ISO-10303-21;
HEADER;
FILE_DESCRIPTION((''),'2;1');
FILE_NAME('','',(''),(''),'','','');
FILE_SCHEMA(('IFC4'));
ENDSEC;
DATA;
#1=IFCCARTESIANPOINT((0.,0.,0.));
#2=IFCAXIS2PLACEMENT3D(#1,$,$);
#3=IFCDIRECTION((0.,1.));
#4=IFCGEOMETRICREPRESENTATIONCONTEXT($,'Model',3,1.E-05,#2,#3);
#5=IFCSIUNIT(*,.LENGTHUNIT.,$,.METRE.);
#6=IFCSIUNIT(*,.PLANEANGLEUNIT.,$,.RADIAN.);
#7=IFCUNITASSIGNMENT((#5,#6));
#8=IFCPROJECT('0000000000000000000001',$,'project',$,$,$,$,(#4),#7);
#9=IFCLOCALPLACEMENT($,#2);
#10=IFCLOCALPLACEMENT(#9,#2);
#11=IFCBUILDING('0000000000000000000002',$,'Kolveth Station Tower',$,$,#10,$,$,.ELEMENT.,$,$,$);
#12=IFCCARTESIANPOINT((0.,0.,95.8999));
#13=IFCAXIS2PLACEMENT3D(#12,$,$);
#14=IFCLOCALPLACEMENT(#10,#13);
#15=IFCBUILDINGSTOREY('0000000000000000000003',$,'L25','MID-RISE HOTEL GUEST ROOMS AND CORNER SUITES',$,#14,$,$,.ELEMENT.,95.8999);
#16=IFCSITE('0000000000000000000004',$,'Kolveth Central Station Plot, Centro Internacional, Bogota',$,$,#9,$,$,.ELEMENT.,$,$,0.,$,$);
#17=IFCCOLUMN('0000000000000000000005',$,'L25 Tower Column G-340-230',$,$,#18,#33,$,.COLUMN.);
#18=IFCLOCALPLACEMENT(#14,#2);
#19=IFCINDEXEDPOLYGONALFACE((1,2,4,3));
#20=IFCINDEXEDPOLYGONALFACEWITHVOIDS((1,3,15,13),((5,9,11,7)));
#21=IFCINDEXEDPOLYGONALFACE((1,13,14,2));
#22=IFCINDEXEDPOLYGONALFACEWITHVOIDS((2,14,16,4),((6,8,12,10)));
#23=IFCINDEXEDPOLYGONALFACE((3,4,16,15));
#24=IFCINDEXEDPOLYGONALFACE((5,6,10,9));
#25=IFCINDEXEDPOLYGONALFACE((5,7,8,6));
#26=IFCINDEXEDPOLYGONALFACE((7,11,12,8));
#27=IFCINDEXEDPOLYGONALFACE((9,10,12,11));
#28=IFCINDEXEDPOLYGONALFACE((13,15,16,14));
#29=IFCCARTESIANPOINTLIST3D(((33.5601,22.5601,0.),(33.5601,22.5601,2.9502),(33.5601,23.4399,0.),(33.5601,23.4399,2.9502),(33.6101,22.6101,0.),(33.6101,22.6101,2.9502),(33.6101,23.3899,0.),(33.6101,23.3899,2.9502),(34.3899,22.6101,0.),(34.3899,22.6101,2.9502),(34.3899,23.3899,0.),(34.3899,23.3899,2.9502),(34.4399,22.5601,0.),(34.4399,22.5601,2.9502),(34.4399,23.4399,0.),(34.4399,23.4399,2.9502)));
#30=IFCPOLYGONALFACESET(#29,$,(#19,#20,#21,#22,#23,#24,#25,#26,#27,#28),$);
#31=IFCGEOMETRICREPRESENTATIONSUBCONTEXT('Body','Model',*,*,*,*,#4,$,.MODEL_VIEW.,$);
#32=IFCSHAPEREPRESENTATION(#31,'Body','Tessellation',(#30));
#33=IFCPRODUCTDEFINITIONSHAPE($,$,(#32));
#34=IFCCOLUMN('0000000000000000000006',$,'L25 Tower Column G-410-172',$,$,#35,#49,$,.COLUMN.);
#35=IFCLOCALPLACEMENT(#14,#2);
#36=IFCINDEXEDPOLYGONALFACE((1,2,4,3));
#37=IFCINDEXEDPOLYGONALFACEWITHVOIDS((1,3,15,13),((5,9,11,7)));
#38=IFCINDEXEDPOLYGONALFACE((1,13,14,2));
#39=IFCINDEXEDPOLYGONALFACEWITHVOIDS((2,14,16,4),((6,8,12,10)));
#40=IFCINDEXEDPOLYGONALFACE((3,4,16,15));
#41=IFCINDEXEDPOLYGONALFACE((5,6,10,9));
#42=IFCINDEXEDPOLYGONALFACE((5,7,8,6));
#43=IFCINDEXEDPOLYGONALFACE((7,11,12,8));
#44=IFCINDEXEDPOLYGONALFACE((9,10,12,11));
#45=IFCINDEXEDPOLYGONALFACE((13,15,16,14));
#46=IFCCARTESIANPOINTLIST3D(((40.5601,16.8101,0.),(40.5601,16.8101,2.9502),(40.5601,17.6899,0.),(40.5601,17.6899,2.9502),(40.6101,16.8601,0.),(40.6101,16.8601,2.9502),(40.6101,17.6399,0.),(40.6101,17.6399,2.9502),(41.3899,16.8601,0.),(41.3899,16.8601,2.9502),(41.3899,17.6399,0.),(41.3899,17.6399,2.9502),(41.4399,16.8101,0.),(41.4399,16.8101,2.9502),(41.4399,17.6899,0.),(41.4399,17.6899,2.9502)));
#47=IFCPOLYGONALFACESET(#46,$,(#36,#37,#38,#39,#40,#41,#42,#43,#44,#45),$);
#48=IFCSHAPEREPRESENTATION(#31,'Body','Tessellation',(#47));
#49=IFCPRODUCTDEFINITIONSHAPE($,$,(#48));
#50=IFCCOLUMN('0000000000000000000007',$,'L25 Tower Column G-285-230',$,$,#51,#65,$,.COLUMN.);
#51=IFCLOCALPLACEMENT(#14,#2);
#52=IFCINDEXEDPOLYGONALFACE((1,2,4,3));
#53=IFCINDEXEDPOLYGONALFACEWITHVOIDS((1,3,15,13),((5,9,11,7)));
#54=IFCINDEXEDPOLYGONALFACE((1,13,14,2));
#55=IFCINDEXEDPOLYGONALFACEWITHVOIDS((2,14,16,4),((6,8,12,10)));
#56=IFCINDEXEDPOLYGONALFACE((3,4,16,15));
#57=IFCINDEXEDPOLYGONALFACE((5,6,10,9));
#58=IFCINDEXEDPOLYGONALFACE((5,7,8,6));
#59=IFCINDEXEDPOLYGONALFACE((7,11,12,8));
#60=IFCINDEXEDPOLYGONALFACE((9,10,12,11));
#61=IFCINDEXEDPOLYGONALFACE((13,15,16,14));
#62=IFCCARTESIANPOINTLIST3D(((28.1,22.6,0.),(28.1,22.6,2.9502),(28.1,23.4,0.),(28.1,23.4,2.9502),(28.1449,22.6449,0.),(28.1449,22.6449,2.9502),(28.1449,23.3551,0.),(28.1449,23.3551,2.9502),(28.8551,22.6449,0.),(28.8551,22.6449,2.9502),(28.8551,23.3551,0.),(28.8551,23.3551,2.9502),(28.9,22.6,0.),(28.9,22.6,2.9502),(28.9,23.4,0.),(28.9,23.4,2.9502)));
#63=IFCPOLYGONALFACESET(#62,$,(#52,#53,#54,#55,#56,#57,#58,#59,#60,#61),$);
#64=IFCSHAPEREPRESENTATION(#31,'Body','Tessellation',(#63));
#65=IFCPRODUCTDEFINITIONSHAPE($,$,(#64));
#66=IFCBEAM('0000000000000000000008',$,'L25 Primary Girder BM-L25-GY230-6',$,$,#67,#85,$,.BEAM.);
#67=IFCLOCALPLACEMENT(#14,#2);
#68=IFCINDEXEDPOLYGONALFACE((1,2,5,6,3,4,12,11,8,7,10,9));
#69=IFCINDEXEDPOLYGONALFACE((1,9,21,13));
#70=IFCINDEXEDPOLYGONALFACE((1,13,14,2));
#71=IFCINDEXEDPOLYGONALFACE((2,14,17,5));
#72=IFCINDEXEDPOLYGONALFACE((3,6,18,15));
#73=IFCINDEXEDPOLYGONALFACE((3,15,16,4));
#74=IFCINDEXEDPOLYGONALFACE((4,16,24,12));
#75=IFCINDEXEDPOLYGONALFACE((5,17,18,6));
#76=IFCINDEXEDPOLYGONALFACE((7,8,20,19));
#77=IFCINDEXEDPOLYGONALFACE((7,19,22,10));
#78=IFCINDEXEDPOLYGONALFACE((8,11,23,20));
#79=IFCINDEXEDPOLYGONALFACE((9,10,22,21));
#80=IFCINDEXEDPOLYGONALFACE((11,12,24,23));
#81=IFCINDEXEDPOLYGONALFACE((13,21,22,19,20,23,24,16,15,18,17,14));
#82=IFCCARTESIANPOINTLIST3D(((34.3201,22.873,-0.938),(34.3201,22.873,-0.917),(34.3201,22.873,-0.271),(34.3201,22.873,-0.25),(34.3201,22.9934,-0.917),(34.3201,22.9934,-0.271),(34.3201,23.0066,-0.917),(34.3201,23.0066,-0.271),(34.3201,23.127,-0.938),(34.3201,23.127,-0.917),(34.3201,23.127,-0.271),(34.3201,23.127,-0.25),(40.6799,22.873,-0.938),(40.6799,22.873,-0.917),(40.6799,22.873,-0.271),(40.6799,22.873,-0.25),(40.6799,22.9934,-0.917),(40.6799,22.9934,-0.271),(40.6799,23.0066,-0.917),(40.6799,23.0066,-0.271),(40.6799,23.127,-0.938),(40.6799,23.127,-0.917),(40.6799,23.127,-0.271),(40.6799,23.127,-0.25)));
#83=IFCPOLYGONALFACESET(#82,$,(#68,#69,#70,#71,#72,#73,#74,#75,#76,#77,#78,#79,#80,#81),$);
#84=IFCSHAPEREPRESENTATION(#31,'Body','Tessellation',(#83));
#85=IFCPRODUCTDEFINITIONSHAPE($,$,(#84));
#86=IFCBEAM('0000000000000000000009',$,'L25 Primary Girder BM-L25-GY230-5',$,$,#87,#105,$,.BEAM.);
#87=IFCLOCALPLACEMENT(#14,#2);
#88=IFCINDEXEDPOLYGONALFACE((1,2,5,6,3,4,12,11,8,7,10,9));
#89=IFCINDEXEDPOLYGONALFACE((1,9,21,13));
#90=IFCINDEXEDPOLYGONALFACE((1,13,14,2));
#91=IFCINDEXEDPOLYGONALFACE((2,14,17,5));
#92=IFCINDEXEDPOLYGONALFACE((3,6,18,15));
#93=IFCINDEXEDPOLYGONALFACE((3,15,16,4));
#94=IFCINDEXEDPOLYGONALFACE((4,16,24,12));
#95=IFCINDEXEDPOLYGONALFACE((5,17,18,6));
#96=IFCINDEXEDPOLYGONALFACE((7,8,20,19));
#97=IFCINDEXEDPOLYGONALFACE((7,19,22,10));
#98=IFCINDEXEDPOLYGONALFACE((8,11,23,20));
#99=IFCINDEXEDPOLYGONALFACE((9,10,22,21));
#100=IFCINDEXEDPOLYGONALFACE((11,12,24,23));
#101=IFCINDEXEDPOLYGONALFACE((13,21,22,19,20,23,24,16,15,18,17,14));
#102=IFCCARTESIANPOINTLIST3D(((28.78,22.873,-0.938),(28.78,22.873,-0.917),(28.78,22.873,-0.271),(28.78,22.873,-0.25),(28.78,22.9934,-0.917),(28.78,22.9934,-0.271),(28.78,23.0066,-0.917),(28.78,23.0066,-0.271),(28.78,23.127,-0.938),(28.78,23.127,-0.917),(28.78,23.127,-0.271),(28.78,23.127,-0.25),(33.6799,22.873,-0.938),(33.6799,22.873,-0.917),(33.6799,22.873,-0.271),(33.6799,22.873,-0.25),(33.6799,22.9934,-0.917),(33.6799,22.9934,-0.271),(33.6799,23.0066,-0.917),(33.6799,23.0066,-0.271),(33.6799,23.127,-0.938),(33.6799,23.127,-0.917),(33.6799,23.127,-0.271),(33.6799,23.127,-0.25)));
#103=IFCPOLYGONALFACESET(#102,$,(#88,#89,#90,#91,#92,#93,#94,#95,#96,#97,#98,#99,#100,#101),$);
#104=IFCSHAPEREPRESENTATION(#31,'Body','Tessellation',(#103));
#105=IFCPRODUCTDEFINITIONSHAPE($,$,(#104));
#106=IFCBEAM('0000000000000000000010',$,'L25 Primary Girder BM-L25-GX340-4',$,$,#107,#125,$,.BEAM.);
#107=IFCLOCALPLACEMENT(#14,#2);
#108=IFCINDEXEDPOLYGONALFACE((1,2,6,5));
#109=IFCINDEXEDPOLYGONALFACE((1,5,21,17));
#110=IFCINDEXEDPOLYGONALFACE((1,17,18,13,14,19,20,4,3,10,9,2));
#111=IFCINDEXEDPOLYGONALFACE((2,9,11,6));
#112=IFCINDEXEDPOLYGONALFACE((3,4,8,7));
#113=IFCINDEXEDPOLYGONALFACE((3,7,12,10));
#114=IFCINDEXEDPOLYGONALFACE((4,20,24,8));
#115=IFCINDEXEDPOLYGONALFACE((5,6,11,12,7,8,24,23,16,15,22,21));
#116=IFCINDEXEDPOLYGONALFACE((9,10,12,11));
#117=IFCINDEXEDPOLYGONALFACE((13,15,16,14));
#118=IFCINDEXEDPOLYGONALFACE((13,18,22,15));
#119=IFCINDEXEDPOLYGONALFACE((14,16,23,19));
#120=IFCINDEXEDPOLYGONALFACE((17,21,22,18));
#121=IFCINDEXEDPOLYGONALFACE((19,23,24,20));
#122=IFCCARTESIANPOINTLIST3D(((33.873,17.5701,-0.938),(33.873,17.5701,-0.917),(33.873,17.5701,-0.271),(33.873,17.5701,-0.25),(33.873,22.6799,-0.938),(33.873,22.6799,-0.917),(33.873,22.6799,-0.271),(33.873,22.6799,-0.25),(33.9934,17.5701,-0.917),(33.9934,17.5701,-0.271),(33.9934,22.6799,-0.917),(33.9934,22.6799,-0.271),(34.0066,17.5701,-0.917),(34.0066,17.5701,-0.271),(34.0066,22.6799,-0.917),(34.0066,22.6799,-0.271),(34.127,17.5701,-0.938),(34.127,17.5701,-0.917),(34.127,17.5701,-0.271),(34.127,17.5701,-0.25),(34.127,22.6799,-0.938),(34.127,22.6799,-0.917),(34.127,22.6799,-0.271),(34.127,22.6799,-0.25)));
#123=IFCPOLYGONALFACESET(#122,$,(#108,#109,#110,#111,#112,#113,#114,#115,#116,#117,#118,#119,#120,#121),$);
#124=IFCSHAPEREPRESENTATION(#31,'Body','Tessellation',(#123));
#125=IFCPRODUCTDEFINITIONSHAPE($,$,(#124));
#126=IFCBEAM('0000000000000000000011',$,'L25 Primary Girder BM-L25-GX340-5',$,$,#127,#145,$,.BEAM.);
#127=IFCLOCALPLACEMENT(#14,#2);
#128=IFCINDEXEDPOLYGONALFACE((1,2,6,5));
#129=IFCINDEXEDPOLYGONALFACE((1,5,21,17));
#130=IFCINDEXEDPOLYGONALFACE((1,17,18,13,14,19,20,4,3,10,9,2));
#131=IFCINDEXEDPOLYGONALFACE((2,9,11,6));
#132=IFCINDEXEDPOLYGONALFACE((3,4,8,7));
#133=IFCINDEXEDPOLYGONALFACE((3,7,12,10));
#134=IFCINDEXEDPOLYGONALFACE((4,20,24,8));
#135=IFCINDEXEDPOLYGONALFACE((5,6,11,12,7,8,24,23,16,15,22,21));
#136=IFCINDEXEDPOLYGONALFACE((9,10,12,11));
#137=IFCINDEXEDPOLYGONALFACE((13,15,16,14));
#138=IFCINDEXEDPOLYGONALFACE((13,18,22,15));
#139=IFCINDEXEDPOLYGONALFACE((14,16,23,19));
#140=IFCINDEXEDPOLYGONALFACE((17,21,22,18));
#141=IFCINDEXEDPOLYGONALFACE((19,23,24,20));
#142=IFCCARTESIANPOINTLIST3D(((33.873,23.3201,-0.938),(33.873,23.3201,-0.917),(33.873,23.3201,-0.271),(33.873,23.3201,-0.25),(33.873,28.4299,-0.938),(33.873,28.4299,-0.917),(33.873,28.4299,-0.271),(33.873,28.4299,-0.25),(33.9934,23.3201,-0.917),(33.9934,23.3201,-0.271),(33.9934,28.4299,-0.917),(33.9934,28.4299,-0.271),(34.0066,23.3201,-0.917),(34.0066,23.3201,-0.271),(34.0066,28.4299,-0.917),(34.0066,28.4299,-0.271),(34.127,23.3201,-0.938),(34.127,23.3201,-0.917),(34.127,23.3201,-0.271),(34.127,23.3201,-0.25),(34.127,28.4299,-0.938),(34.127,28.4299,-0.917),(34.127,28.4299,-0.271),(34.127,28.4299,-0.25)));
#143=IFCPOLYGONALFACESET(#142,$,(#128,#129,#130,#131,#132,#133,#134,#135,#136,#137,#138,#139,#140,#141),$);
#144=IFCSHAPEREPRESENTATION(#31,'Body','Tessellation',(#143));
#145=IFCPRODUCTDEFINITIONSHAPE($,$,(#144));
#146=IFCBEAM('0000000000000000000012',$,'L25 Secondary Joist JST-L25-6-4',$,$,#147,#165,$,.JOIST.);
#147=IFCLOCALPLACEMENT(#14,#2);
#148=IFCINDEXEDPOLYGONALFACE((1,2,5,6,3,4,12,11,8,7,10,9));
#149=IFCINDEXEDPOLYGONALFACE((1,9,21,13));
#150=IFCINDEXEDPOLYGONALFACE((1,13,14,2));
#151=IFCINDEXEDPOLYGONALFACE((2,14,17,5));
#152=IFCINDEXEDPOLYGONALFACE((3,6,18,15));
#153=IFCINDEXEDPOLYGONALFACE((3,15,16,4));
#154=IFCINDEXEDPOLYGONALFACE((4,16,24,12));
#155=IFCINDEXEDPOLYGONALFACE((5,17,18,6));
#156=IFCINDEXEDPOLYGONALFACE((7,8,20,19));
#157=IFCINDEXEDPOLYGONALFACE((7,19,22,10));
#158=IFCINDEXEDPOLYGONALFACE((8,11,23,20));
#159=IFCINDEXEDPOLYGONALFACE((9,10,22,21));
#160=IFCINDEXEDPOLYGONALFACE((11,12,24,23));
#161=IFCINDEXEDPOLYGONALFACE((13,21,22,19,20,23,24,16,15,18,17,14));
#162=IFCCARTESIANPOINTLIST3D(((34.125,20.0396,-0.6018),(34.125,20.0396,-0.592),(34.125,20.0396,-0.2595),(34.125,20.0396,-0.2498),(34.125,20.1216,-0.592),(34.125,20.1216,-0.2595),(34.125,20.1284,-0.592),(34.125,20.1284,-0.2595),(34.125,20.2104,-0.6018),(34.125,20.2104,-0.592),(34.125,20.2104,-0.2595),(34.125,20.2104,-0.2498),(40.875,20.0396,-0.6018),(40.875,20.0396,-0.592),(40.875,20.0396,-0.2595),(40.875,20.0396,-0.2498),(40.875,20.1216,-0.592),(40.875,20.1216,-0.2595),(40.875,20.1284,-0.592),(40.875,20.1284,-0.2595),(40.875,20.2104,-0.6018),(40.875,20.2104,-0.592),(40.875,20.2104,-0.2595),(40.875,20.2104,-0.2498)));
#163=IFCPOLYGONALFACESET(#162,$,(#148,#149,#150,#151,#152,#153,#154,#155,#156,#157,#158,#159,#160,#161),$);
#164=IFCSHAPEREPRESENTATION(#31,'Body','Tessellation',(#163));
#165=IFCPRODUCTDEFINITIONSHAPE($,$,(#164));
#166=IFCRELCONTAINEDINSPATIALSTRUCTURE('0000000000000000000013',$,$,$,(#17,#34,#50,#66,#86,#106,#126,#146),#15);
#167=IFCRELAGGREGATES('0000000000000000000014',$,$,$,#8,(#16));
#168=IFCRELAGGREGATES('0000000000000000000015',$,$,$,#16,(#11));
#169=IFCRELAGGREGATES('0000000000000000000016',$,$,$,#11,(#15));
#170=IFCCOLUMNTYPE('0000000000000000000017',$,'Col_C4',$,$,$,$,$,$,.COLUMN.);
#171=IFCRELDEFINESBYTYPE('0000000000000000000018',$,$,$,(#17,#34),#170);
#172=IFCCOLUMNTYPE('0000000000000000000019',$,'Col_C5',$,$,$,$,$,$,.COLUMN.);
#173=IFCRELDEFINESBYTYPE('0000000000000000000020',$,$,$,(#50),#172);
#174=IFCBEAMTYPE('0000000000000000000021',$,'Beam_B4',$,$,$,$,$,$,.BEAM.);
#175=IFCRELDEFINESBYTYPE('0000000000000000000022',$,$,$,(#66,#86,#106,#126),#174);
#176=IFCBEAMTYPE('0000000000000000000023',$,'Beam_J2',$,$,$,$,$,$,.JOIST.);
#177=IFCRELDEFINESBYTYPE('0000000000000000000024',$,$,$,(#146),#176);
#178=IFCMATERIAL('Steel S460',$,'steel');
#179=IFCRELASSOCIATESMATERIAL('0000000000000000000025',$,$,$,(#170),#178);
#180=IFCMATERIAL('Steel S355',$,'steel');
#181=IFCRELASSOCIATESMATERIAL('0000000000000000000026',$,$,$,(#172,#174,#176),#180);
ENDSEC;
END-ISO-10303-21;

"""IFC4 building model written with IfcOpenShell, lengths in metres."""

from ifc_helpers import new_model, si_unit, direction, frame, origin, origin_2d, place, context, subcontext, project, spatial, hollow_rectangle, i_section, extrude, source, transform, mapped, material, material_profile, profile_set, type_object, element, save


model = new_model("IFC4")

# Units and contexts
model_context = context("Model", 3, precision=1e-05, world=origin(), true_north=direction((0.0, 1.0)))
body_context = subcontext(model_context, "Body", "Model", "MODEL_VIEW")
ifc_project = project(units=[si_unit("LENGTHUNIT", "METRE"), si_unit("PLANEANGLEUNIT", "RADIAN")], contexts=[model_context])

# Site, building, storey
site_placement = place(None, origin())
site = spatial("IfcSite", under=ifc_project, at=site_placement, Name="Kolveth Central Station Plot, Centro Internacional, Bogota", CompositionType="ELEMENT", RefElevation=0.0)
building_placement = place(site_placement, origin())
building = spatial("IfcBuilding", under=site, at=building_placement, Name="Kolveth Station Tower", CompositionType="ELEMENT")
storey_placement = place(building_placement, frame((0.0, 0.0, 95.8999)))
storey = spatial("IfcBuildingStorey", under=building, at=storey_placement, Name="L25", Description="MID-RISE HOTEL GUEST ROOMS AND CORNER SUITES", CompositionType="ELEMENT", Elevation=95.8999)

# Columns
ifc_material_1 = material(Name="Steel S460", Category="steel")
ifc_material_profile_1 = material_profile(ifc_material_1, hollow_rectangle(XDim=0.8799, YDim=0.8799, WallThickness=0.05, at=origin_2d()), Name="BOX880x880x50")
ifc_profile_set_1 = profile_set([ifc_material_profile_1], Name="Steel S460")
column_type_1 = type_object("IfcColumnType", Name="Col_C4", PredefinedType="COLUMN", material=ifc_profile_set_1)
shared_shape_1 = source(origin(), body_context, "Body", "SweptSolid", [
    extrude(hollow_rectangle(XDim=0.8799, YDim=0.8799, WallThickness=0.05, at=origin_2d()), origin(), (0.0, 0.0, 1.0), 2.9502),
])
for number, where, z_axis, x_axis, name in (
    (1, (34.0, 23.0, 0.0), (0.0, 0.0, 1.0), (1.0, 0.0, 0.0), "L25 Tower Column G-340-230"),
    (2, (41.0, 17.25, 0.0), (0.0, 0.0, 1.0), (1.0, 0.0, 0.0), "L25 Tower Column G-410-172"),
):
    element("IfcColumn", number, at=place(storey_placement, frame(where, z_axis=z_axis, x_axis=x_axis)), inside=storey, type_object=column_type_1, Name=name, PredefinedType="COLUMN", context=body_context, shape_type="MappedRepresentation", body=[
        mapped(shared_shape_1, transform((0.0, 0.0, 0.0), x_axis=(1.0, 0.0, 0.0), y_axis=(0.0, 1.0, 0.0), z_axis=(0.0, 0.0, 1.0), scale=1.0)),
    ])
ifc_material_2 = material(Name="Steel S355", Category="steel")
ifc_material_profile_2 = material_profile(ifc_material_2, hollow_rectangle(XDim=0.8, YDim=0.8, WallThickness=0.0449, at=origin_2d()), Name="BOX800x800x45")
ifc_profile_set_2 = profile_set([ifc_material_profile_2], Name="Steel S355")
column_type_2 = type_object("IfcColumnType", Name="Col_C5", PredefinedType="COLUMN", material=ifc_profile_set_2)
shared_shape_2 = source(origin(), body_context, "Body", "SweptSolid", [
    extrude(hollow_rectangle(XDim=0.8, YDim=0.8, WallThickness=0.0449, at=origin_2d()), origin(), (0.0, 0.0, 1.0), 2.9502),
])
column_placement = place(storey_placement, frame((28.5, 23.0, 0.0), z_axis=(0.0, 0.0, 1.0), x_axis=(1.0, 0.0, 0.0)))
element("IfcColumn", 3, at=column_placement, inside=storey, type_object=column_type_2, Name="L25 Tower Column G-285-230", PredefinedType="COLUMN", context=body_context, shape_type="MappedRepresentation", body=[
    mapped(shared_shape_2, transform((0.0, 0.0, 0.0), x_axis=(1.0, 0.0, 0.0), y_axis=(0.0, 1.0, 0.0), z_axis=(0.0, 0.0, 1.0), scale=1.0)),
])

# Beams
ifc_material_profile_3 = material_profile(ifc_material_2, i_section(OverallWidth=0.2539, OverallDepth=0.688, WebThickness=0.0132, FlangeThickness=0.021, at=origin_2d()), Name="W690x152")
ifc_profile_set_3 = profile_set([ifc_material_profile_3], Name="Steel S355")
beam_type_1 = type_object("IfcBeamType", Name="Beam_B4", PredefinedType="BEAM", material=ifc_profile_set_3)
shared_shape_3 = source(origin(), body_context, "Body", "SweptSolid", [
    extrude(i_section(OverallWidth=0.2539, OverallDepth=0.688, WebThickness=0.0132, FlangeThickness=0.021, at=origin_2d()), origin(), (0.0, 0.0, 1.0), 6.3599),
])
beam_1_placement = place(storey_placement, frame((34.3201, 23.0, -0.594), z_axis=(1.0, 0.0, 0.0), x_axis=(0.0, 1.0, 0.0)))
element("IfcBeam", 4, at=beam_1_placement, inside=storey, type_object=beam_type_1, Name="L25 Primary Girder BM-L25-GY230-6", PredefinedType="BEAM", context=body_context, shape_type="MappedRepresentation", body=[
    mapped(shared_shape_3, transform((0.0, 0.0, 0.0), x_axis=(1.0, 0.0, 0.0), y_axis=(0.0, 1.0, 0.0), z_axis=(0.0, 0.0, 1.0), scale=1.0)),
])
shared_shape_4 = source(origin(), body_context, "Body", "SweptSolid", [
    extrude(i_section(OverallWidth=0.2539, OverallDepth=0.688, WebThickness=0.0132, FlangeThickness=0.021, at=origin_2d()), origin(), (0.0, 0.0, 1.0), 4.8999),
])
beam_2_placement = place(storey_placement, frame((28.78, 23.0, -0.594), z_axis=(1.0, 0.0, 0.0), x_axis=(0.0, 1.0, 0.0)))
element("IfcBeam", 5, at=beam_2_placement, inside=storey, type_object=beam_type_1, Name="L25 Primary Girder BM-L25-GY230-5", PredefinedType="BEAM", context=body_context, shape_type="MappedRepresentation", body=[
    mapped(shared_shape_4, transform((0.0, 0.0, 0.0), x_axis=(1.0, 0.0, 0.0), y_axis=(0.0, 1.0, 0.0), z_axis=(0.0, 0.0, 1.0), scale=1.0)),
])
shared_shape_5 = source(origin(), body_context, "Body", "SweptSolid", [
    extrude(i_section(OverallWidth=0.2539, OverallDepth=0.688, WebThickness=0.0132, FlangeThickness=0.021, at=origin_2d()), origin(), (0.0, 0.0, 1.0), 5.1099),
])
for number, where, z_axis, x_axis, name in (
    (6, (34.0, 17.5701, -0.594), (0.0, 1.0, 0.0), (-1.0, 0.0, 0.0), "L25 Primary Girder BM-L25-GX340-4"),
    (7, (34.0, 23.3201, -0.594), (0.0, 1.0, 0.0), (-1.0, 0.0, 0.0), "L25 Primary Girder BM-L25-GX340-5"),
):
    element("IfcBeam", number, at=place(storey_placement, frame(where, z_axis=z_axis, x_axis=x_axis)), inside=storey, type_object=beam_type_1, Name=name, PredefinedType="BEAM", context=body_context, shape_type="MappedRepresentation", body=[
        mapped(shared_shape_5, transform((0.0, 0.0, 0.0), x_axis=(1.0, 0.0, 0.0), y_axis=(0.0, 1.0, 0.0), z_axis=(0.0, 0.0, 1.0), scale=1.0)),
    ])
ifc_material_profile_4 = material_profile(ifc_material_2, i_section(OverallWidth=0.1709, OverallDepth=0.3521, WebThickness=0.0068, FlangeThickness=0.0098, at=origin_2d()), Name="W360x44")
ifc_profile_set_4 = profile_set([ifc_material_profile_4], Name="Steel S355")
beam_type_2 = type_object("IfcBeamType", Name="Beam_J2", PredefinedType="JOIST", material=ifc_profile_set_4)
shared_shape_6 = source(origin(), body_context, "Body", "SweptSolid", [
    extrude(i_section(OverallWidth=0.1709, OverallDepth=0.3521, WebThickness=0.0068, FlangeThickness=0.0098, at=origin_2d()), origin(), (0.0, 0.0, 1.0), 6.75),
])
beam_3_placement = place(storey_placement, frame((34.125, 20.125, -0.4258), z_axis=(1.0, 0.0, 0.0), x_axis=(0.0, 1.0, 0.0)))
element("IfcBeam", 8, at=beam_3_placement, inside=storey, type_object=beam_type_2, Name="L25 Secondary Joist JST-L25-6-4", PredefinedType="JOIST", context=body_context, shape_type="MappedRepresentation", body=[
    mapped(shared_shape_6, transform((0.0, 0.0, 0.0), x_axis=(1.0, 0.0, 0.0), y_axis=(0.0, 1.0, 0.0), z_axis=(0.0, 0.0, 1.0), scale=1.0)),
])

save(model, "model.ifc")
